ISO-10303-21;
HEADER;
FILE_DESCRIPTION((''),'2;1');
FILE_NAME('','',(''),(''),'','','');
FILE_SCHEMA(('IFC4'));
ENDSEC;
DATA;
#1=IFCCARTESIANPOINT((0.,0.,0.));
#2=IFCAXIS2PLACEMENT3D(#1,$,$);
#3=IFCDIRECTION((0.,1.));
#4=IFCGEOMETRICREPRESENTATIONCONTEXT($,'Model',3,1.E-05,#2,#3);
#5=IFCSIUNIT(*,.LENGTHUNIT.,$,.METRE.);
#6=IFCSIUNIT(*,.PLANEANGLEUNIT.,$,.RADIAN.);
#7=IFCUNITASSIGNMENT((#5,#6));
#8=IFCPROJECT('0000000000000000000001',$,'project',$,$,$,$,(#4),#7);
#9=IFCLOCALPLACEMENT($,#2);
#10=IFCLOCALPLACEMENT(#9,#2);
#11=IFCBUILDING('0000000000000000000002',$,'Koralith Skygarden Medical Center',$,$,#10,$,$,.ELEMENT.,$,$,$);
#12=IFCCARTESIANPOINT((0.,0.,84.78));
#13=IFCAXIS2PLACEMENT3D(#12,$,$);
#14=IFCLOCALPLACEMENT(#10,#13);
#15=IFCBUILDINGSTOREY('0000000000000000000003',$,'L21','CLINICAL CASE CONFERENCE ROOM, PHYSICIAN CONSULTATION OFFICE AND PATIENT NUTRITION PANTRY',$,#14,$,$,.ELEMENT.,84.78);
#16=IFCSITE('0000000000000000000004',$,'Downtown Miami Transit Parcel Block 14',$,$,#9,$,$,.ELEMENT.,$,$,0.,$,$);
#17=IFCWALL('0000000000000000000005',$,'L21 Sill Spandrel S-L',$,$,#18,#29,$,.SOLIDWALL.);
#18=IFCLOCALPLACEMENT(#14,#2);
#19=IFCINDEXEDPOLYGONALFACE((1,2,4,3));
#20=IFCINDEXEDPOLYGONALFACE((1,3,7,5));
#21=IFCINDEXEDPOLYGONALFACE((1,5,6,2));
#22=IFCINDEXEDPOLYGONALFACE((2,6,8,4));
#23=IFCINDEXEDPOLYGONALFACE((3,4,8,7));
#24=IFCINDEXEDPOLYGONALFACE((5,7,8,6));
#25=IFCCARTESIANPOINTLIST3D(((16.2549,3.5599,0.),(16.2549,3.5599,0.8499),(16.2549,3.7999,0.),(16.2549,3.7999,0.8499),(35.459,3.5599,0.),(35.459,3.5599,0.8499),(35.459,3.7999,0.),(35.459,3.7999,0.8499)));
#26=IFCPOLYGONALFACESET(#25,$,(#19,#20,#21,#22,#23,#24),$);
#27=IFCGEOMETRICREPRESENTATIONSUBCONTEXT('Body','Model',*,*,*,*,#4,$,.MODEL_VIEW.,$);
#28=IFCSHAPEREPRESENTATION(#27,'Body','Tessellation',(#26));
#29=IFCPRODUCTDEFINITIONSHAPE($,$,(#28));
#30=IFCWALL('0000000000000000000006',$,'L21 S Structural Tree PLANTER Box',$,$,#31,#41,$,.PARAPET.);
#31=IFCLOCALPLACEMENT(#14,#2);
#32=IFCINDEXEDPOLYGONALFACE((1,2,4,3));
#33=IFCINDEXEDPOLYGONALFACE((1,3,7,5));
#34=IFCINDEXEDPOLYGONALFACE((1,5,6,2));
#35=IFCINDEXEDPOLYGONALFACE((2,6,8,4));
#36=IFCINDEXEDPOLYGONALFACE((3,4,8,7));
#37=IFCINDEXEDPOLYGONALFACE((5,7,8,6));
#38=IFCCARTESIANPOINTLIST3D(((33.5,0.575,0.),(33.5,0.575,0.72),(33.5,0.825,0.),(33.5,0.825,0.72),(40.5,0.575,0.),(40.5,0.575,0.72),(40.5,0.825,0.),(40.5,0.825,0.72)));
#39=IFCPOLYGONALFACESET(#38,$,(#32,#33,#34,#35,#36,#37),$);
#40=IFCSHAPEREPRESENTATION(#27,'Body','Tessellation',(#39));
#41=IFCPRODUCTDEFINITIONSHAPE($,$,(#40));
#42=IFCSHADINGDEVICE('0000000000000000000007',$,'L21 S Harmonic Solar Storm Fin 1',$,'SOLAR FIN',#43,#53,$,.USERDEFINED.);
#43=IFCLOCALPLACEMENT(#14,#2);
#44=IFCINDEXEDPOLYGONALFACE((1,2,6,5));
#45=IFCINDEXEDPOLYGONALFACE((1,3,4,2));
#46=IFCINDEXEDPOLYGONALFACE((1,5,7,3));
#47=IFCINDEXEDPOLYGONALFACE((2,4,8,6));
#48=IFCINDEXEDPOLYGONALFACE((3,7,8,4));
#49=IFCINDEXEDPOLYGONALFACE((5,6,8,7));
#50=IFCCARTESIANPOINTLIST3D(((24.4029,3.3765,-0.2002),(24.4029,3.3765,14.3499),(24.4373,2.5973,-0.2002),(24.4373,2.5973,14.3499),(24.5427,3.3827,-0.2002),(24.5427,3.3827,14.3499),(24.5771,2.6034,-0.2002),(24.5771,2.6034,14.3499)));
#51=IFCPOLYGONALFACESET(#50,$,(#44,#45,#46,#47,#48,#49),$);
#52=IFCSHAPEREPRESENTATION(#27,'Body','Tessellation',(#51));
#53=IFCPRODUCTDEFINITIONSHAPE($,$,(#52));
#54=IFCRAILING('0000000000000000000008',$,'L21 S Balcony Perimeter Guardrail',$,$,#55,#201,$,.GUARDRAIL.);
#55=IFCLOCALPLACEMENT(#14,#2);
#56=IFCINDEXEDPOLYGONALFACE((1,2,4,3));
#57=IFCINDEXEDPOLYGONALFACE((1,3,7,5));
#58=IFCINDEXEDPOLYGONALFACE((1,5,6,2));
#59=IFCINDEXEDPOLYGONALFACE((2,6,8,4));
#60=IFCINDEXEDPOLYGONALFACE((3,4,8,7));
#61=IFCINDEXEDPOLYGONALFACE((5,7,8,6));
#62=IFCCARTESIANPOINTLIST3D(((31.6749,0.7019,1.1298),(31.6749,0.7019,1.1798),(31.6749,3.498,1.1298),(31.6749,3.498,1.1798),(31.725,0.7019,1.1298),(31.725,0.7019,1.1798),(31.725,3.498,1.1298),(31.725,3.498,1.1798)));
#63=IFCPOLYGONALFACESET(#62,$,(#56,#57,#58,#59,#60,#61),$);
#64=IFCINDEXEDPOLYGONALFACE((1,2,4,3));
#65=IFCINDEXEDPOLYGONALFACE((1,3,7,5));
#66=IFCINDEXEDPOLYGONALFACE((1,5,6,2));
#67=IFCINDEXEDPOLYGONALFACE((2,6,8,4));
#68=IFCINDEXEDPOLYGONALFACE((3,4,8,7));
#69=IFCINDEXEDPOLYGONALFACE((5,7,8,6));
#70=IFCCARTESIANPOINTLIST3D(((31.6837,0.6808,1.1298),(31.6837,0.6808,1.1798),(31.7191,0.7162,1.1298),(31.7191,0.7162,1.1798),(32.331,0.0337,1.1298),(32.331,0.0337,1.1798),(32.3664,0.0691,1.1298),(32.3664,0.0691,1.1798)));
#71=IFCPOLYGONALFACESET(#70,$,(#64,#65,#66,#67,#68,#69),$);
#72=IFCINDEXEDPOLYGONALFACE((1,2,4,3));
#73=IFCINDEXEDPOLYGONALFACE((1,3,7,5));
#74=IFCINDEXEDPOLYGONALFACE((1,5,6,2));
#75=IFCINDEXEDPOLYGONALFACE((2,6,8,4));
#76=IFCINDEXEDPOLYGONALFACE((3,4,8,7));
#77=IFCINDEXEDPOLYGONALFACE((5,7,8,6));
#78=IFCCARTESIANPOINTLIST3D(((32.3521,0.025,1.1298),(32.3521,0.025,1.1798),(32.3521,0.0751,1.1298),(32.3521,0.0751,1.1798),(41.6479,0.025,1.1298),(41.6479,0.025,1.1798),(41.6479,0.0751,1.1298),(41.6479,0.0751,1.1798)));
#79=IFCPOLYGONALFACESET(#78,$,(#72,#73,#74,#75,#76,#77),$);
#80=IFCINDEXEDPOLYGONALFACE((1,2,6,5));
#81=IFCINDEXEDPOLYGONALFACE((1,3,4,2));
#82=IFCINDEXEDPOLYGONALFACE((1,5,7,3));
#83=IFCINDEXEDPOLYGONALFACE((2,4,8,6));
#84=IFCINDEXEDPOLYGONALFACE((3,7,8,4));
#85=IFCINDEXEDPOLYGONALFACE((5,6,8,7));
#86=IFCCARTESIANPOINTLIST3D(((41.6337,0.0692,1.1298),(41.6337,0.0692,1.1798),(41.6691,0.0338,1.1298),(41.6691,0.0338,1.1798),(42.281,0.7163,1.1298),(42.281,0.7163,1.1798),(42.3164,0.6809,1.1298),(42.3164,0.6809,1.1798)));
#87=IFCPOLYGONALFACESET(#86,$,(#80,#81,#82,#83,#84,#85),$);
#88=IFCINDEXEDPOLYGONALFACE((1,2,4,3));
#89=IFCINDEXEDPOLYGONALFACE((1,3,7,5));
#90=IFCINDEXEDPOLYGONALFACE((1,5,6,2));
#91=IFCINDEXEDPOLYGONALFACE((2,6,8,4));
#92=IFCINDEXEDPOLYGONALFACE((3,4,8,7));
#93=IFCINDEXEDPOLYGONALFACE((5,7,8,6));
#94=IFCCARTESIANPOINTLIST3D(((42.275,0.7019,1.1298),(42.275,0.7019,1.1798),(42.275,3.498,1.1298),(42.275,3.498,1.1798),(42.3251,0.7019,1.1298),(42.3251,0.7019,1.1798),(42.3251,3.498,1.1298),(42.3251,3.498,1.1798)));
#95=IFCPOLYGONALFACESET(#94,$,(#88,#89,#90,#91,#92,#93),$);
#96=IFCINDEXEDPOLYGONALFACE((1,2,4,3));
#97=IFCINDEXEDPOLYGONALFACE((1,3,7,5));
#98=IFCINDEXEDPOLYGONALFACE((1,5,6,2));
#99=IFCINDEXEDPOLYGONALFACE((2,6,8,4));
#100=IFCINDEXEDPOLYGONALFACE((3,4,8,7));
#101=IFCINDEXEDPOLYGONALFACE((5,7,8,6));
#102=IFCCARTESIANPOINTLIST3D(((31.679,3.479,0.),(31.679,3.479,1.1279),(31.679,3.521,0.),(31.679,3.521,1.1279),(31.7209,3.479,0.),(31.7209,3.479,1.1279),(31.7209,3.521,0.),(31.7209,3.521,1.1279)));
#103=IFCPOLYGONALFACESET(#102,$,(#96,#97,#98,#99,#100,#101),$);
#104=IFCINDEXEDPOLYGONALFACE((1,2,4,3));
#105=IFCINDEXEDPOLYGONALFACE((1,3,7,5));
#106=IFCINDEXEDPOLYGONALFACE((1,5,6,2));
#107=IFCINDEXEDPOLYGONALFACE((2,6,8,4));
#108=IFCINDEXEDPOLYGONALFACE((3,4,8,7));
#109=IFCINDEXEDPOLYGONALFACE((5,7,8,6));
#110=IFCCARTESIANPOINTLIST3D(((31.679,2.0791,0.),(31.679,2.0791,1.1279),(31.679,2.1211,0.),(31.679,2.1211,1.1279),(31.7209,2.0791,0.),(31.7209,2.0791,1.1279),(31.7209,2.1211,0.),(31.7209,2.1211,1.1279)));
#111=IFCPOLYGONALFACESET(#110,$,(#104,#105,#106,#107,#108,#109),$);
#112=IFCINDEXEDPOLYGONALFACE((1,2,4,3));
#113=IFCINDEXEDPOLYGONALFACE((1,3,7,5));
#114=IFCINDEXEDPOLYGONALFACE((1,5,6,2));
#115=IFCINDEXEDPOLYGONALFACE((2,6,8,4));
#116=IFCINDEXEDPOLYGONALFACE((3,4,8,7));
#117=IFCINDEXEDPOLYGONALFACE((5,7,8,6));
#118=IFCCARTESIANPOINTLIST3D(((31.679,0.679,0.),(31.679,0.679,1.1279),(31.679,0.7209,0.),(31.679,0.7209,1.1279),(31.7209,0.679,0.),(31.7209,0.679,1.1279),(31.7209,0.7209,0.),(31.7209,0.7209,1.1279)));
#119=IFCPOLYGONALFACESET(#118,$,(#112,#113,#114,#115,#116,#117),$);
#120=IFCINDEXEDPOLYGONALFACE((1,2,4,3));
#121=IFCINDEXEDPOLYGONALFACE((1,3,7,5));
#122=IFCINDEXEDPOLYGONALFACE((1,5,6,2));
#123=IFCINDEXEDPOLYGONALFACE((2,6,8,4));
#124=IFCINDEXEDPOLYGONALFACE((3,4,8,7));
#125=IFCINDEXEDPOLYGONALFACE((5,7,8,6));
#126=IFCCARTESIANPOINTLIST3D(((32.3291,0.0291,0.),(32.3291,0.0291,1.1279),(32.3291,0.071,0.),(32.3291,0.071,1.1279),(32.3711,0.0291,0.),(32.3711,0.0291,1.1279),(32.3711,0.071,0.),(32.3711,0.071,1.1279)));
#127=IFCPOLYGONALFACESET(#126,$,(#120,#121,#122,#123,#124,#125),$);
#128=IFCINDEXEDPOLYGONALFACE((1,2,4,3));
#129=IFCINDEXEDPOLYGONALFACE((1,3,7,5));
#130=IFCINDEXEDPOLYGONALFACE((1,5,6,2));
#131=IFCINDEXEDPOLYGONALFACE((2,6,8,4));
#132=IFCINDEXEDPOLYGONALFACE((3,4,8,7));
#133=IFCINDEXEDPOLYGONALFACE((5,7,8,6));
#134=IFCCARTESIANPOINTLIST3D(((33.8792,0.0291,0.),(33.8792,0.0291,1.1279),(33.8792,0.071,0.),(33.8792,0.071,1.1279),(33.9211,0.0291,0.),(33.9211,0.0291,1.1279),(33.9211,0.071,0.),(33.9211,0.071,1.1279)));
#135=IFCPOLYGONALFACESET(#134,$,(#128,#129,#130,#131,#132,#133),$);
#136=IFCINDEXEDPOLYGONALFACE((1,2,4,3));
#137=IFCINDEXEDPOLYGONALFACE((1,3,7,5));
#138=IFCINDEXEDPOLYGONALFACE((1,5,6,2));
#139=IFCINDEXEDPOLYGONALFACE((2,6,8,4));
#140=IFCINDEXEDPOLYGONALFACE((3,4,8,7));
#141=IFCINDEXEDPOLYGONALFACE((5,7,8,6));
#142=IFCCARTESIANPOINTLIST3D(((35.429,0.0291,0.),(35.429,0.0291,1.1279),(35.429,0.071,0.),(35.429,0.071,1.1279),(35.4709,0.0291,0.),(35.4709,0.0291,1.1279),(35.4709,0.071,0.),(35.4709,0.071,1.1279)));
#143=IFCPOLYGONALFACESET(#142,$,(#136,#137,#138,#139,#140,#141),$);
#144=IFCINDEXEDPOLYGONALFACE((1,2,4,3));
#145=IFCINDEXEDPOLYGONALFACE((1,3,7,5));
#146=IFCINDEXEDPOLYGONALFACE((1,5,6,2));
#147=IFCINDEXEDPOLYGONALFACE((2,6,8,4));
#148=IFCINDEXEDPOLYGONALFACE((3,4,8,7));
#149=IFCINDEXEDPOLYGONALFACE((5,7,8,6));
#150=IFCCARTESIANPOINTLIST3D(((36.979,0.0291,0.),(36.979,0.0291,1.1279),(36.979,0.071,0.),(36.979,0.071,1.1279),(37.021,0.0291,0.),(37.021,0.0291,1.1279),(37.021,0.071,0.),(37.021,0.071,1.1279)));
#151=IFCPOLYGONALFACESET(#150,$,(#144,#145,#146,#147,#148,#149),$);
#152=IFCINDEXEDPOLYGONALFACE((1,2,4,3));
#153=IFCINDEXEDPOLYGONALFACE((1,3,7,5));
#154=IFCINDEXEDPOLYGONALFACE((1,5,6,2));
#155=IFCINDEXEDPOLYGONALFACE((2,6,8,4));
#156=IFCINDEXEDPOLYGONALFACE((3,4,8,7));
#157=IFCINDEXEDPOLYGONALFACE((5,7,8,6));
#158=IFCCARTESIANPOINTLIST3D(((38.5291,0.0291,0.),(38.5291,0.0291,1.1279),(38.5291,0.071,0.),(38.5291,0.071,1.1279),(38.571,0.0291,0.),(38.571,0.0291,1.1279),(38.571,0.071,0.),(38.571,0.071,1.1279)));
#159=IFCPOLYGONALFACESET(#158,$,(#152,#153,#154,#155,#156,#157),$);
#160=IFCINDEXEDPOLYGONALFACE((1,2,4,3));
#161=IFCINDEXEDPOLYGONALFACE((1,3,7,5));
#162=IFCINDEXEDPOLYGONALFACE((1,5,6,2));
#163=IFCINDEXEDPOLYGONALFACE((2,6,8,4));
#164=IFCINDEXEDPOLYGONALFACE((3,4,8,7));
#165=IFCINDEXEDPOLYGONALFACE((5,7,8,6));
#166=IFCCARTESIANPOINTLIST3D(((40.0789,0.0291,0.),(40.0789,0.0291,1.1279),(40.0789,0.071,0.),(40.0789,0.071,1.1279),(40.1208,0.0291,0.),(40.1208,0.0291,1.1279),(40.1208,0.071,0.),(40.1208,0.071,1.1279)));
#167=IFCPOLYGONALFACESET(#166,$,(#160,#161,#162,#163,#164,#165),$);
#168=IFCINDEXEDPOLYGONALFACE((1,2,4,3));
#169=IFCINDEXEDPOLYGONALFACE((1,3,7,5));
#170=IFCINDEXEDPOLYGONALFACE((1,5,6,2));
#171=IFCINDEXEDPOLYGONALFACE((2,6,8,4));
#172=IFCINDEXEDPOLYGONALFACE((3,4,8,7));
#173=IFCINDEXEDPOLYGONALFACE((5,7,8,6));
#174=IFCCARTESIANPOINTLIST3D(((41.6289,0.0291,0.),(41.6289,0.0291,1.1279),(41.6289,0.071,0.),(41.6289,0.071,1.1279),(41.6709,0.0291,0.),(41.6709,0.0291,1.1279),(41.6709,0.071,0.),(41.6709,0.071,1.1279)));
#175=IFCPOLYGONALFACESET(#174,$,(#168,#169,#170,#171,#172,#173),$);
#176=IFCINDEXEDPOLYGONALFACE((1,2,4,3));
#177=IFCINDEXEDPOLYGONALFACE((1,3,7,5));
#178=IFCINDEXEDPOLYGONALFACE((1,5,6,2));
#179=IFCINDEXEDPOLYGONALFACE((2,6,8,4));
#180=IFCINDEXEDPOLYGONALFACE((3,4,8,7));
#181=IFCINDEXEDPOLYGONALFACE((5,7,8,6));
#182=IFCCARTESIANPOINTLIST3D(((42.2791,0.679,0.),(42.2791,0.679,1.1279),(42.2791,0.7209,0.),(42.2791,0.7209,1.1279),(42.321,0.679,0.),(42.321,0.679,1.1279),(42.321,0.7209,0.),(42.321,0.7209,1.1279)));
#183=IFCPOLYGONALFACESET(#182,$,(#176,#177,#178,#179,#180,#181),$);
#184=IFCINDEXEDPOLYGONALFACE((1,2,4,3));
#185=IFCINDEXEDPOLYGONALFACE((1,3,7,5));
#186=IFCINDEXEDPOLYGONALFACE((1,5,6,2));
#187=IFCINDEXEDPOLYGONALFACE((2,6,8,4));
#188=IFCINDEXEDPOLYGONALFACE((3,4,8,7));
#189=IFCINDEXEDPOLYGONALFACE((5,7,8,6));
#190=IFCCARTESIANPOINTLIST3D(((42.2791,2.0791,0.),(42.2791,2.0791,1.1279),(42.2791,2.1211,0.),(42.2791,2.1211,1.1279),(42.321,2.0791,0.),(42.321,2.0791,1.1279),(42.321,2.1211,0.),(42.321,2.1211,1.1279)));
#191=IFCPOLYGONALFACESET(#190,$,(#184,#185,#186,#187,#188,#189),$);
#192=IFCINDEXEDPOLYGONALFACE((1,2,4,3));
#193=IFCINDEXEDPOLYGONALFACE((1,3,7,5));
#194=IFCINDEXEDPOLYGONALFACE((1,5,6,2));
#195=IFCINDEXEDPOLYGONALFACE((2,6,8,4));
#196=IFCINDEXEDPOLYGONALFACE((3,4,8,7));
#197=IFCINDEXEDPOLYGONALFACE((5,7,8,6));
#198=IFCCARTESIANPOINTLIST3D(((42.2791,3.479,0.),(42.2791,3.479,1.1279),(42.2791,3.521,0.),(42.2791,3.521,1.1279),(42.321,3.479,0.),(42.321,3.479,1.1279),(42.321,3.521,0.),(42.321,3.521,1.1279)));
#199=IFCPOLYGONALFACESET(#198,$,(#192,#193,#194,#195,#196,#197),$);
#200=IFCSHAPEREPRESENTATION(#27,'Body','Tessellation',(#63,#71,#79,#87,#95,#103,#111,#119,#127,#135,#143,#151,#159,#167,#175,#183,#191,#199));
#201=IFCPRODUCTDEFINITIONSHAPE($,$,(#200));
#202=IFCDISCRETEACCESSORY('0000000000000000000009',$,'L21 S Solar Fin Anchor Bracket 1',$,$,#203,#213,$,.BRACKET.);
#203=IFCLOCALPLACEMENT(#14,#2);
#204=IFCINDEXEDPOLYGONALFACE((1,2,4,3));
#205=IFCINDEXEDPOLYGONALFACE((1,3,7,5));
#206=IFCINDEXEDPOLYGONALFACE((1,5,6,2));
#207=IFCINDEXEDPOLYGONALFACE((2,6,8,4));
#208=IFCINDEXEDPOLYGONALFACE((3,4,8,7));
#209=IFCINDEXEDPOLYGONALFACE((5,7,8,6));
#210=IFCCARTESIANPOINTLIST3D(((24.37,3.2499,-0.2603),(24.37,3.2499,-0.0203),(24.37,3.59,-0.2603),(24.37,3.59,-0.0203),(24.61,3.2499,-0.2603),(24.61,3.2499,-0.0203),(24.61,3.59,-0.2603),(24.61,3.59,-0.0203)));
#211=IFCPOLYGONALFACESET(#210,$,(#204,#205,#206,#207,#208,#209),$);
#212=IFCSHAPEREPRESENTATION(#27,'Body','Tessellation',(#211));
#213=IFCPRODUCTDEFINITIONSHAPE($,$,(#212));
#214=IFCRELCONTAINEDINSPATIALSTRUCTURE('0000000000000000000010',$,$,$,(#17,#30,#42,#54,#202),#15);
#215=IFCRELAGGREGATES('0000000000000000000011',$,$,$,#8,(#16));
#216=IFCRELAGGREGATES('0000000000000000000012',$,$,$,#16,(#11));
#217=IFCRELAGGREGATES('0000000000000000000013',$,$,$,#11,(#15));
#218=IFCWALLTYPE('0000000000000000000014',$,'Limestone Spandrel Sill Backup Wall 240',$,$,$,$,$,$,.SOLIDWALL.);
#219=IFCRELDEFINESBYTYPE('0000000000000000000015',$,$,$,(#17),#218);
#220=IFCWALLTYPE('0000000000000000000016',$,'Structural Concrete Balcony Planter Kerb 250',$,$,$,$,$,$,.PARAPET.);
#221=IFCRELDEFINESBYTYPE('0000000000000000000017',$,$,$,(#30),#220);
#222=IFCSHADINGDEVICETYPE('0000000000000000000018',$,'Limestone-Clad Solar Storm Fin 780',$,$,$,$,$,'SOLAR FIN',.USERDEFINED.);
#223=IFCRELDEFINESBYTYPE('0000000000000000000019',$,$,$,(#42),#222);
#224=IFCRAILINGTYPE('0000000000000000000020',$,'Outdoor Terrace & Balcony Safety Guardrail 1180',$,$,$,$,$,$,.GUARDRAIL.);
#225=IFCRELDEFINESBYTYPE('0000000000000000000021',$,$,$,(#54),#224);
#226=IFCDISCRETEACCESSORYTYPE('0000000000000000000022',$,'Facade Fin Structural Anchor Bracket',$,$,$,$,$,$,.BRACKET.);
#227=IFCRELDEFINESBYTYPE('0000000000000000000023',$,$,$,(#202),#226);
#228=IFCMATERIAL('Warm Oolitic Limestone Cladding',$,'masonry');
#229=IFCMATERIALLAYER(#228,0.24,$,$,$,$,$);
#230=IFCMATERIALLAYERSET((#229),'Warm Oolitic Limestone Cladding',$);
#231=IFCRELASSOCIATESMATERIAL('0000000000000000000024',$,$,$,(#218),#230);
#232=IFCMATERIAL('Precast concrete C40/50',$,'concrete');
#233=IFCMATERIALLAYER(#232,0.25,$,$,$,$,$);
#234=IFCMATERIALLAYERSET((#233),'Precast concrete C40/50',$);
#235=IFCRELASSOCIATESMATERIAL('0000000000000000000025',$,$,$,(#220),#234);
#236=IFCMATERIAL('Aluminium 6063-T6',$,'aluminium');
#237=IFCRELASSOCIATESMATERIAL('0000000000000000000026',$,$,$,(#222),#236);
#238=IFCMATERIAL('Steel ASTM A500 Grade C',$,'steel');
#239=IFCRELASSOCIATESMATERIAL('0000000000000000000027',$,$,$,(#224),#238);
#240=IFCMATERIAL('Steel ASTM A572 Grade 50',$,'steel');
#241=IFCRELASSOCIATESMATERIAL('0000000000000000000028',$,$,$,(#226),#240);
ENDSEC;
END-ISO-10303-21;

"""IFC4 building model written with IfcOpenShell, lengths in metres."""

from ifc_helpers import new_model, si_unit, direction, frame, frame_2d, origin, origin_2d, place, context, subcontext, project, spatial, rectangle, extrude, material, layer, layer_set, type_object, element, save


model = new_model("IFC4")

# Units and contexts
model_context = context("Model", 3, precision=1e-05, world=origin(), true_north=direction((0.0, 1.0)))
body_context = subcontext(model_context, "Body", "Model", "MODEL_VIEW")
ifc_project = project(units=[si_unit("LENGTHUNIT", "METRE"), si_unit("PLANEANGLEUNIT", "RADIAN")], contexts=[model_context])

# Site, building, storey
site_placement = place(None, origin())
site = spatial("IfcSite", under=ifc_project, at=site_placement, Name="Downtown Miami Transit Parcel Block 14", CompositionType="ELEMENT", RefElevation=0.0)
building_placement = place(site_placement, origin())
building = spatial("IfcBuilding", under=site, at=building_placement, Name="Koralith Skygarden Medical Center", CompositionType="ELEMENT")
storey_placement = place(building_placement, frame((0.0, 0.0, 84.78)))
storey = spatial("IfcBuildingStorey", under=building, at=storey_placement, Name="L21", Description="CLINICAL CASE CONFERENCE ROOM, PHYSICIAN CONSULTATION OFFICE AND PATIENT NUTRITION PANTRY", CompositionType="ELEMENT", Elevation=84.78)

# Shared definitions
ifc_material_1 = material(Name="Aluminium 6063-T6", Category="aluminium")

# Walls
ifc_material_2 = material(Name="Warm Oolitic Limestone Cladding", Category="masonry")
ifc_layer_1 = layer(ifc_material_2, 0.24)
ifc_layer_set_1 = layer_set([ifc_layer_1], Name="Warm Oolitic Limestone Cladding")
wall_type_1 = type_object("IfcWallType", Name="Limestone Spandrel Sill Backup Wall 240", PredefinedType="SOLIDWALL", material=ifc_layer_set_1)
wall_1_placement = place(storey_placement, frame((16.2549, 3.6799, 0.0), z_axis=(0.0, 0.0, 1.0), x_axis=(1.0, 0.0, 0.0)))
element("IfcWall", 1, at=wall_1_placement, inside=storey, type_object=wall_type_1, Name="L21 Sill Spandrel S-L", PredefinedType="SOLIDWALL", context=body_context, shape_type="SweptSolid", body=[
    extrude(rectangle(XDim=19.2041, YDim=0.24, at=frame_2d((9.6021, 0.0))), origin(), (0.0, 0.0, 1.0), 0.8499),
])
ifc_material_3 = material(Name="Precast concrete C40/50", Category="concrete")
ifc_layer_2 = layer(ifc_material_3, 0.25)
ifc_layer_set_2 = layer_set([ifc_layer_2], Name="Precast concrete C40/50")
wall_type_2 = type_object("IfcWallType", Name="Structural Concrete Balcony Planter Kerb 250", PredefinedType="PARAPET", material=ifc_layer_set_2)
wall_2_placement = place(storey_placement, frame((33.5, 0.7, 0.0), z_axis=(0.0, 0.0, 1.0), x_axis=(1.0, 0.0, 0.0)))
element("IfcWall", 2, at=wall_2_placement, inside=storey, type_object=wall_type_2, Name="L21 S Structural Tree PLANTER Box", PredefinedType="PARAPET", context=body_context, shape_type="SweptSolid", body=[
    extrude(rectangle(XDim=7.0, YDim=0.25, at=frame_2d((3.5, 0.0))), origin(), (0.0, 0.0, 1.0), 0.72),
])

# Shading device
shading_device_type = type_object("IfcShadingDeviceType", Name="Limestone-Clad Solar Storm Fin 780", ElementType="SOLAR FIN", PredefinedType="USERDEFINED", material=ifc_material_1)
shading_device_placement = place(storey_placement, frame((24.49, 2.99, -0.2002), z_axis=(0.0, 0.0, 1.0), x_axis=(0.044142, -0.999025, 0.0)))
element("IfcShadingDevice", 3, at=shading_device_placement, inside=storey, type_object=shading_device_type, Name="L21 S Harmonic Solar Storm Fin 1", ObjectType="SOLAR FIN", PredefinedType="USERDEFINED", context=body_context, shape_type="SweptSolid", body=[
    extrude(rectangle(XDim=0.78, YDim=0.1399, at=origin_2d()), origin(), (0.0, 0.0, 1.0), 14.55),
])

# Railing
ifc_material_4 = material(Name="Steel ASTM A500 Grade C", Category="steel")
railing_type = type_object("IfcRailingType", Name="Outdoor Terrace & Balcony Safety Guardrail 1180", PredefinedType="GUARDRAIL", material=ifc_material_4)
railing_placement = place(storey_placement, frame((31.7, 3.5, 0.0)))
element("IfcRailing", 4, at=railing_placement, inside=storey, type_object=railing_type, Name="L21 S Balcony Perimeter Guardrail", PredefinedType="GUARDRAIL", context=body_context, shape_type="SweptSolid", body=[
    extrude(rectangle(XDim=0.05, YDim=0.05, at=origin_2d()), frame((0.0, -0.002, 1.1548), z_axis=(0.0, -1.0, 0.0), x_axis=(1.0, 0.0, 0.0)), (0.0, 0.0, 1.0), 2.7961),
    extrude(rectangle(XDim=0.05, YDim=0.05, at=origin_2d()), frame((0.0015, -2.8015, 1.1548), z_axis=(0.70724, -0.706974, 0.0), x_axis=(0.706974, 0.70724, 0.0)), (0.0, 0.0, 1.0), 0.9153),
    extrude(rectangle(XDim=0.05, YDim=0.05, at=origin_2d()), frame((0.6521, -3.45, 1.1548), z_axis=(1.0, 0.0, 0.0), x_axis=(0.0, 1.0, 0.0)), (0.0, 0.0, 1.0), 9.2959),
    extrude(rectangle(XDim=0.05, YDim=0.05, at=origin_2d()), frame((9.9514, -3.4485, 1.1548), z_axis=(0.70724, 0.706974, 0.0), x_axis=(-0.706974, 0.70724, 0.0)), (0.0, 0.0, 1.0), 0.9153),
    extrude(rectangle(XDim=0.05, YDim=0.05, at=origin_2d()), frame((10.6001, -2.7981, 1.1548), z_axis=(0.0, 1.0, 0.0), x_axis=(-1.0, 0.0, 0.0)), (0.0, 0.0, 1.0), 2.7961),
    extrude(rectangle(XDim=0.042, YDim=0.042, at=origin_2d()), origin(), (0.0, 0.0, 1.0), 1.1279),
    extrude(rectangle(XDim=0.042, YDim=0.042, at=origin_2d()), frame((0.0, -1.3999, 0.0)), (0.0, 0.0, 1.0), 1.1279),
    extrude(rectangle(XDim=0.042, YDim=0.042, at=origin_2d()), frame((0.0, -2.8, 0.0)), (0.0, 0.0, 1.0), 1.1279),
    extrude(rectangle(XDim=0.042, YDim=0.042, at=origin_2d()), frame((0.6501, -3.45, 0.0)), (0.0, 0.0, 1.0), 1.1279),
    extrude(rectangle(XDim=0.042, YDim=0.042, at=origin_2d()), frame((2.2002, -3.45, 0.0)), (0.0, 0.0, 1.0), 1.1279),
    extrude(rectangle(XDim=0.042, YDim=0.042, at=origin_2d()), frame((3.75, -3.45, 0.0)), (0.0, 0.0, 1.0), 1.1279),
    extrude(rectangle(XDim=0.042, YDim=0.042, at=origin_2d()), frame((5.3, -3.45, 0.0)), (0.0, 0.0, 1.0), 1.1279),
    extrude(rectangle(XDim=0.042, YDim=0.042, at=origin_2d()), frame((6.8501, -3.45, 0.0)), (0.0, 0.0, 1.0), 1.1279),
    extrude(rectangle(XDim=0.042, YDim=0.042, at=origin_2d()), frame((8.3999, -3.45, 0.0)), (0.0, 0.0, 1.0), 1.1279),
    extrude(rectangle(XDim=0.042, YDim=0.042, at=origin_2d()), frame((9.95, -3.45, 0.0)), (0.0, 0.0, 1.0), 1.1279),
    extrude(rectangle(XDim=0.042, YDim=0.042, at=origin_2d()), frame((10.6001, -2.8, 0.0)), (0.0, 0.0, 1.0), 1.1279),
    extrude(rectangle(XDim=0.042, YDim=0.042, at=origin_2d()), frame((10.6001, -1.3999, 0.0)), (0.0, 0.0, 1.0), 1.1279),
    extrude(rectangle(XDim=0.042, YDim=0.042, at=origin_2d()), frame((10.6001, 0.0, 0.0)), (0.0, 0.0, 1.0), 1.1279),
])

# Discrete accessory
ifc_material_5 = material(Name="Steel ASTM A572 Grade 50", Category="steel")
discrete_accessory_type = type_object("IfcDiscreteAccessoryType", Name="Facade Fin Structural Anchor Bracket", PredefinedType="BRACKET", material=ifc_material_5)
discrete_accessory_placement = place(storey_placement, frame((24.49, 3.4199, -0.2603), z_axis=(0.0, 0.0, 1.0), x_axis=(0.0, -1.0, 0.0)))
element("IfcDiscreteAccessory", 5, at=discrete_accessory_placement, inside=storey, type_object=discrete_accessory_type, Name="L21 S Solar Fin Anchor Bracket 1", PredefinedType="BRACKET", context=body_context, shape_type="SweptSolid", body=[
    extrude(rectangle(XDim=0.3401, YDim=0.24, at=origin_2d()), origin(), (0.0, 0.0, 1.0), 0.24),
])

save(model, "model.ifc")
